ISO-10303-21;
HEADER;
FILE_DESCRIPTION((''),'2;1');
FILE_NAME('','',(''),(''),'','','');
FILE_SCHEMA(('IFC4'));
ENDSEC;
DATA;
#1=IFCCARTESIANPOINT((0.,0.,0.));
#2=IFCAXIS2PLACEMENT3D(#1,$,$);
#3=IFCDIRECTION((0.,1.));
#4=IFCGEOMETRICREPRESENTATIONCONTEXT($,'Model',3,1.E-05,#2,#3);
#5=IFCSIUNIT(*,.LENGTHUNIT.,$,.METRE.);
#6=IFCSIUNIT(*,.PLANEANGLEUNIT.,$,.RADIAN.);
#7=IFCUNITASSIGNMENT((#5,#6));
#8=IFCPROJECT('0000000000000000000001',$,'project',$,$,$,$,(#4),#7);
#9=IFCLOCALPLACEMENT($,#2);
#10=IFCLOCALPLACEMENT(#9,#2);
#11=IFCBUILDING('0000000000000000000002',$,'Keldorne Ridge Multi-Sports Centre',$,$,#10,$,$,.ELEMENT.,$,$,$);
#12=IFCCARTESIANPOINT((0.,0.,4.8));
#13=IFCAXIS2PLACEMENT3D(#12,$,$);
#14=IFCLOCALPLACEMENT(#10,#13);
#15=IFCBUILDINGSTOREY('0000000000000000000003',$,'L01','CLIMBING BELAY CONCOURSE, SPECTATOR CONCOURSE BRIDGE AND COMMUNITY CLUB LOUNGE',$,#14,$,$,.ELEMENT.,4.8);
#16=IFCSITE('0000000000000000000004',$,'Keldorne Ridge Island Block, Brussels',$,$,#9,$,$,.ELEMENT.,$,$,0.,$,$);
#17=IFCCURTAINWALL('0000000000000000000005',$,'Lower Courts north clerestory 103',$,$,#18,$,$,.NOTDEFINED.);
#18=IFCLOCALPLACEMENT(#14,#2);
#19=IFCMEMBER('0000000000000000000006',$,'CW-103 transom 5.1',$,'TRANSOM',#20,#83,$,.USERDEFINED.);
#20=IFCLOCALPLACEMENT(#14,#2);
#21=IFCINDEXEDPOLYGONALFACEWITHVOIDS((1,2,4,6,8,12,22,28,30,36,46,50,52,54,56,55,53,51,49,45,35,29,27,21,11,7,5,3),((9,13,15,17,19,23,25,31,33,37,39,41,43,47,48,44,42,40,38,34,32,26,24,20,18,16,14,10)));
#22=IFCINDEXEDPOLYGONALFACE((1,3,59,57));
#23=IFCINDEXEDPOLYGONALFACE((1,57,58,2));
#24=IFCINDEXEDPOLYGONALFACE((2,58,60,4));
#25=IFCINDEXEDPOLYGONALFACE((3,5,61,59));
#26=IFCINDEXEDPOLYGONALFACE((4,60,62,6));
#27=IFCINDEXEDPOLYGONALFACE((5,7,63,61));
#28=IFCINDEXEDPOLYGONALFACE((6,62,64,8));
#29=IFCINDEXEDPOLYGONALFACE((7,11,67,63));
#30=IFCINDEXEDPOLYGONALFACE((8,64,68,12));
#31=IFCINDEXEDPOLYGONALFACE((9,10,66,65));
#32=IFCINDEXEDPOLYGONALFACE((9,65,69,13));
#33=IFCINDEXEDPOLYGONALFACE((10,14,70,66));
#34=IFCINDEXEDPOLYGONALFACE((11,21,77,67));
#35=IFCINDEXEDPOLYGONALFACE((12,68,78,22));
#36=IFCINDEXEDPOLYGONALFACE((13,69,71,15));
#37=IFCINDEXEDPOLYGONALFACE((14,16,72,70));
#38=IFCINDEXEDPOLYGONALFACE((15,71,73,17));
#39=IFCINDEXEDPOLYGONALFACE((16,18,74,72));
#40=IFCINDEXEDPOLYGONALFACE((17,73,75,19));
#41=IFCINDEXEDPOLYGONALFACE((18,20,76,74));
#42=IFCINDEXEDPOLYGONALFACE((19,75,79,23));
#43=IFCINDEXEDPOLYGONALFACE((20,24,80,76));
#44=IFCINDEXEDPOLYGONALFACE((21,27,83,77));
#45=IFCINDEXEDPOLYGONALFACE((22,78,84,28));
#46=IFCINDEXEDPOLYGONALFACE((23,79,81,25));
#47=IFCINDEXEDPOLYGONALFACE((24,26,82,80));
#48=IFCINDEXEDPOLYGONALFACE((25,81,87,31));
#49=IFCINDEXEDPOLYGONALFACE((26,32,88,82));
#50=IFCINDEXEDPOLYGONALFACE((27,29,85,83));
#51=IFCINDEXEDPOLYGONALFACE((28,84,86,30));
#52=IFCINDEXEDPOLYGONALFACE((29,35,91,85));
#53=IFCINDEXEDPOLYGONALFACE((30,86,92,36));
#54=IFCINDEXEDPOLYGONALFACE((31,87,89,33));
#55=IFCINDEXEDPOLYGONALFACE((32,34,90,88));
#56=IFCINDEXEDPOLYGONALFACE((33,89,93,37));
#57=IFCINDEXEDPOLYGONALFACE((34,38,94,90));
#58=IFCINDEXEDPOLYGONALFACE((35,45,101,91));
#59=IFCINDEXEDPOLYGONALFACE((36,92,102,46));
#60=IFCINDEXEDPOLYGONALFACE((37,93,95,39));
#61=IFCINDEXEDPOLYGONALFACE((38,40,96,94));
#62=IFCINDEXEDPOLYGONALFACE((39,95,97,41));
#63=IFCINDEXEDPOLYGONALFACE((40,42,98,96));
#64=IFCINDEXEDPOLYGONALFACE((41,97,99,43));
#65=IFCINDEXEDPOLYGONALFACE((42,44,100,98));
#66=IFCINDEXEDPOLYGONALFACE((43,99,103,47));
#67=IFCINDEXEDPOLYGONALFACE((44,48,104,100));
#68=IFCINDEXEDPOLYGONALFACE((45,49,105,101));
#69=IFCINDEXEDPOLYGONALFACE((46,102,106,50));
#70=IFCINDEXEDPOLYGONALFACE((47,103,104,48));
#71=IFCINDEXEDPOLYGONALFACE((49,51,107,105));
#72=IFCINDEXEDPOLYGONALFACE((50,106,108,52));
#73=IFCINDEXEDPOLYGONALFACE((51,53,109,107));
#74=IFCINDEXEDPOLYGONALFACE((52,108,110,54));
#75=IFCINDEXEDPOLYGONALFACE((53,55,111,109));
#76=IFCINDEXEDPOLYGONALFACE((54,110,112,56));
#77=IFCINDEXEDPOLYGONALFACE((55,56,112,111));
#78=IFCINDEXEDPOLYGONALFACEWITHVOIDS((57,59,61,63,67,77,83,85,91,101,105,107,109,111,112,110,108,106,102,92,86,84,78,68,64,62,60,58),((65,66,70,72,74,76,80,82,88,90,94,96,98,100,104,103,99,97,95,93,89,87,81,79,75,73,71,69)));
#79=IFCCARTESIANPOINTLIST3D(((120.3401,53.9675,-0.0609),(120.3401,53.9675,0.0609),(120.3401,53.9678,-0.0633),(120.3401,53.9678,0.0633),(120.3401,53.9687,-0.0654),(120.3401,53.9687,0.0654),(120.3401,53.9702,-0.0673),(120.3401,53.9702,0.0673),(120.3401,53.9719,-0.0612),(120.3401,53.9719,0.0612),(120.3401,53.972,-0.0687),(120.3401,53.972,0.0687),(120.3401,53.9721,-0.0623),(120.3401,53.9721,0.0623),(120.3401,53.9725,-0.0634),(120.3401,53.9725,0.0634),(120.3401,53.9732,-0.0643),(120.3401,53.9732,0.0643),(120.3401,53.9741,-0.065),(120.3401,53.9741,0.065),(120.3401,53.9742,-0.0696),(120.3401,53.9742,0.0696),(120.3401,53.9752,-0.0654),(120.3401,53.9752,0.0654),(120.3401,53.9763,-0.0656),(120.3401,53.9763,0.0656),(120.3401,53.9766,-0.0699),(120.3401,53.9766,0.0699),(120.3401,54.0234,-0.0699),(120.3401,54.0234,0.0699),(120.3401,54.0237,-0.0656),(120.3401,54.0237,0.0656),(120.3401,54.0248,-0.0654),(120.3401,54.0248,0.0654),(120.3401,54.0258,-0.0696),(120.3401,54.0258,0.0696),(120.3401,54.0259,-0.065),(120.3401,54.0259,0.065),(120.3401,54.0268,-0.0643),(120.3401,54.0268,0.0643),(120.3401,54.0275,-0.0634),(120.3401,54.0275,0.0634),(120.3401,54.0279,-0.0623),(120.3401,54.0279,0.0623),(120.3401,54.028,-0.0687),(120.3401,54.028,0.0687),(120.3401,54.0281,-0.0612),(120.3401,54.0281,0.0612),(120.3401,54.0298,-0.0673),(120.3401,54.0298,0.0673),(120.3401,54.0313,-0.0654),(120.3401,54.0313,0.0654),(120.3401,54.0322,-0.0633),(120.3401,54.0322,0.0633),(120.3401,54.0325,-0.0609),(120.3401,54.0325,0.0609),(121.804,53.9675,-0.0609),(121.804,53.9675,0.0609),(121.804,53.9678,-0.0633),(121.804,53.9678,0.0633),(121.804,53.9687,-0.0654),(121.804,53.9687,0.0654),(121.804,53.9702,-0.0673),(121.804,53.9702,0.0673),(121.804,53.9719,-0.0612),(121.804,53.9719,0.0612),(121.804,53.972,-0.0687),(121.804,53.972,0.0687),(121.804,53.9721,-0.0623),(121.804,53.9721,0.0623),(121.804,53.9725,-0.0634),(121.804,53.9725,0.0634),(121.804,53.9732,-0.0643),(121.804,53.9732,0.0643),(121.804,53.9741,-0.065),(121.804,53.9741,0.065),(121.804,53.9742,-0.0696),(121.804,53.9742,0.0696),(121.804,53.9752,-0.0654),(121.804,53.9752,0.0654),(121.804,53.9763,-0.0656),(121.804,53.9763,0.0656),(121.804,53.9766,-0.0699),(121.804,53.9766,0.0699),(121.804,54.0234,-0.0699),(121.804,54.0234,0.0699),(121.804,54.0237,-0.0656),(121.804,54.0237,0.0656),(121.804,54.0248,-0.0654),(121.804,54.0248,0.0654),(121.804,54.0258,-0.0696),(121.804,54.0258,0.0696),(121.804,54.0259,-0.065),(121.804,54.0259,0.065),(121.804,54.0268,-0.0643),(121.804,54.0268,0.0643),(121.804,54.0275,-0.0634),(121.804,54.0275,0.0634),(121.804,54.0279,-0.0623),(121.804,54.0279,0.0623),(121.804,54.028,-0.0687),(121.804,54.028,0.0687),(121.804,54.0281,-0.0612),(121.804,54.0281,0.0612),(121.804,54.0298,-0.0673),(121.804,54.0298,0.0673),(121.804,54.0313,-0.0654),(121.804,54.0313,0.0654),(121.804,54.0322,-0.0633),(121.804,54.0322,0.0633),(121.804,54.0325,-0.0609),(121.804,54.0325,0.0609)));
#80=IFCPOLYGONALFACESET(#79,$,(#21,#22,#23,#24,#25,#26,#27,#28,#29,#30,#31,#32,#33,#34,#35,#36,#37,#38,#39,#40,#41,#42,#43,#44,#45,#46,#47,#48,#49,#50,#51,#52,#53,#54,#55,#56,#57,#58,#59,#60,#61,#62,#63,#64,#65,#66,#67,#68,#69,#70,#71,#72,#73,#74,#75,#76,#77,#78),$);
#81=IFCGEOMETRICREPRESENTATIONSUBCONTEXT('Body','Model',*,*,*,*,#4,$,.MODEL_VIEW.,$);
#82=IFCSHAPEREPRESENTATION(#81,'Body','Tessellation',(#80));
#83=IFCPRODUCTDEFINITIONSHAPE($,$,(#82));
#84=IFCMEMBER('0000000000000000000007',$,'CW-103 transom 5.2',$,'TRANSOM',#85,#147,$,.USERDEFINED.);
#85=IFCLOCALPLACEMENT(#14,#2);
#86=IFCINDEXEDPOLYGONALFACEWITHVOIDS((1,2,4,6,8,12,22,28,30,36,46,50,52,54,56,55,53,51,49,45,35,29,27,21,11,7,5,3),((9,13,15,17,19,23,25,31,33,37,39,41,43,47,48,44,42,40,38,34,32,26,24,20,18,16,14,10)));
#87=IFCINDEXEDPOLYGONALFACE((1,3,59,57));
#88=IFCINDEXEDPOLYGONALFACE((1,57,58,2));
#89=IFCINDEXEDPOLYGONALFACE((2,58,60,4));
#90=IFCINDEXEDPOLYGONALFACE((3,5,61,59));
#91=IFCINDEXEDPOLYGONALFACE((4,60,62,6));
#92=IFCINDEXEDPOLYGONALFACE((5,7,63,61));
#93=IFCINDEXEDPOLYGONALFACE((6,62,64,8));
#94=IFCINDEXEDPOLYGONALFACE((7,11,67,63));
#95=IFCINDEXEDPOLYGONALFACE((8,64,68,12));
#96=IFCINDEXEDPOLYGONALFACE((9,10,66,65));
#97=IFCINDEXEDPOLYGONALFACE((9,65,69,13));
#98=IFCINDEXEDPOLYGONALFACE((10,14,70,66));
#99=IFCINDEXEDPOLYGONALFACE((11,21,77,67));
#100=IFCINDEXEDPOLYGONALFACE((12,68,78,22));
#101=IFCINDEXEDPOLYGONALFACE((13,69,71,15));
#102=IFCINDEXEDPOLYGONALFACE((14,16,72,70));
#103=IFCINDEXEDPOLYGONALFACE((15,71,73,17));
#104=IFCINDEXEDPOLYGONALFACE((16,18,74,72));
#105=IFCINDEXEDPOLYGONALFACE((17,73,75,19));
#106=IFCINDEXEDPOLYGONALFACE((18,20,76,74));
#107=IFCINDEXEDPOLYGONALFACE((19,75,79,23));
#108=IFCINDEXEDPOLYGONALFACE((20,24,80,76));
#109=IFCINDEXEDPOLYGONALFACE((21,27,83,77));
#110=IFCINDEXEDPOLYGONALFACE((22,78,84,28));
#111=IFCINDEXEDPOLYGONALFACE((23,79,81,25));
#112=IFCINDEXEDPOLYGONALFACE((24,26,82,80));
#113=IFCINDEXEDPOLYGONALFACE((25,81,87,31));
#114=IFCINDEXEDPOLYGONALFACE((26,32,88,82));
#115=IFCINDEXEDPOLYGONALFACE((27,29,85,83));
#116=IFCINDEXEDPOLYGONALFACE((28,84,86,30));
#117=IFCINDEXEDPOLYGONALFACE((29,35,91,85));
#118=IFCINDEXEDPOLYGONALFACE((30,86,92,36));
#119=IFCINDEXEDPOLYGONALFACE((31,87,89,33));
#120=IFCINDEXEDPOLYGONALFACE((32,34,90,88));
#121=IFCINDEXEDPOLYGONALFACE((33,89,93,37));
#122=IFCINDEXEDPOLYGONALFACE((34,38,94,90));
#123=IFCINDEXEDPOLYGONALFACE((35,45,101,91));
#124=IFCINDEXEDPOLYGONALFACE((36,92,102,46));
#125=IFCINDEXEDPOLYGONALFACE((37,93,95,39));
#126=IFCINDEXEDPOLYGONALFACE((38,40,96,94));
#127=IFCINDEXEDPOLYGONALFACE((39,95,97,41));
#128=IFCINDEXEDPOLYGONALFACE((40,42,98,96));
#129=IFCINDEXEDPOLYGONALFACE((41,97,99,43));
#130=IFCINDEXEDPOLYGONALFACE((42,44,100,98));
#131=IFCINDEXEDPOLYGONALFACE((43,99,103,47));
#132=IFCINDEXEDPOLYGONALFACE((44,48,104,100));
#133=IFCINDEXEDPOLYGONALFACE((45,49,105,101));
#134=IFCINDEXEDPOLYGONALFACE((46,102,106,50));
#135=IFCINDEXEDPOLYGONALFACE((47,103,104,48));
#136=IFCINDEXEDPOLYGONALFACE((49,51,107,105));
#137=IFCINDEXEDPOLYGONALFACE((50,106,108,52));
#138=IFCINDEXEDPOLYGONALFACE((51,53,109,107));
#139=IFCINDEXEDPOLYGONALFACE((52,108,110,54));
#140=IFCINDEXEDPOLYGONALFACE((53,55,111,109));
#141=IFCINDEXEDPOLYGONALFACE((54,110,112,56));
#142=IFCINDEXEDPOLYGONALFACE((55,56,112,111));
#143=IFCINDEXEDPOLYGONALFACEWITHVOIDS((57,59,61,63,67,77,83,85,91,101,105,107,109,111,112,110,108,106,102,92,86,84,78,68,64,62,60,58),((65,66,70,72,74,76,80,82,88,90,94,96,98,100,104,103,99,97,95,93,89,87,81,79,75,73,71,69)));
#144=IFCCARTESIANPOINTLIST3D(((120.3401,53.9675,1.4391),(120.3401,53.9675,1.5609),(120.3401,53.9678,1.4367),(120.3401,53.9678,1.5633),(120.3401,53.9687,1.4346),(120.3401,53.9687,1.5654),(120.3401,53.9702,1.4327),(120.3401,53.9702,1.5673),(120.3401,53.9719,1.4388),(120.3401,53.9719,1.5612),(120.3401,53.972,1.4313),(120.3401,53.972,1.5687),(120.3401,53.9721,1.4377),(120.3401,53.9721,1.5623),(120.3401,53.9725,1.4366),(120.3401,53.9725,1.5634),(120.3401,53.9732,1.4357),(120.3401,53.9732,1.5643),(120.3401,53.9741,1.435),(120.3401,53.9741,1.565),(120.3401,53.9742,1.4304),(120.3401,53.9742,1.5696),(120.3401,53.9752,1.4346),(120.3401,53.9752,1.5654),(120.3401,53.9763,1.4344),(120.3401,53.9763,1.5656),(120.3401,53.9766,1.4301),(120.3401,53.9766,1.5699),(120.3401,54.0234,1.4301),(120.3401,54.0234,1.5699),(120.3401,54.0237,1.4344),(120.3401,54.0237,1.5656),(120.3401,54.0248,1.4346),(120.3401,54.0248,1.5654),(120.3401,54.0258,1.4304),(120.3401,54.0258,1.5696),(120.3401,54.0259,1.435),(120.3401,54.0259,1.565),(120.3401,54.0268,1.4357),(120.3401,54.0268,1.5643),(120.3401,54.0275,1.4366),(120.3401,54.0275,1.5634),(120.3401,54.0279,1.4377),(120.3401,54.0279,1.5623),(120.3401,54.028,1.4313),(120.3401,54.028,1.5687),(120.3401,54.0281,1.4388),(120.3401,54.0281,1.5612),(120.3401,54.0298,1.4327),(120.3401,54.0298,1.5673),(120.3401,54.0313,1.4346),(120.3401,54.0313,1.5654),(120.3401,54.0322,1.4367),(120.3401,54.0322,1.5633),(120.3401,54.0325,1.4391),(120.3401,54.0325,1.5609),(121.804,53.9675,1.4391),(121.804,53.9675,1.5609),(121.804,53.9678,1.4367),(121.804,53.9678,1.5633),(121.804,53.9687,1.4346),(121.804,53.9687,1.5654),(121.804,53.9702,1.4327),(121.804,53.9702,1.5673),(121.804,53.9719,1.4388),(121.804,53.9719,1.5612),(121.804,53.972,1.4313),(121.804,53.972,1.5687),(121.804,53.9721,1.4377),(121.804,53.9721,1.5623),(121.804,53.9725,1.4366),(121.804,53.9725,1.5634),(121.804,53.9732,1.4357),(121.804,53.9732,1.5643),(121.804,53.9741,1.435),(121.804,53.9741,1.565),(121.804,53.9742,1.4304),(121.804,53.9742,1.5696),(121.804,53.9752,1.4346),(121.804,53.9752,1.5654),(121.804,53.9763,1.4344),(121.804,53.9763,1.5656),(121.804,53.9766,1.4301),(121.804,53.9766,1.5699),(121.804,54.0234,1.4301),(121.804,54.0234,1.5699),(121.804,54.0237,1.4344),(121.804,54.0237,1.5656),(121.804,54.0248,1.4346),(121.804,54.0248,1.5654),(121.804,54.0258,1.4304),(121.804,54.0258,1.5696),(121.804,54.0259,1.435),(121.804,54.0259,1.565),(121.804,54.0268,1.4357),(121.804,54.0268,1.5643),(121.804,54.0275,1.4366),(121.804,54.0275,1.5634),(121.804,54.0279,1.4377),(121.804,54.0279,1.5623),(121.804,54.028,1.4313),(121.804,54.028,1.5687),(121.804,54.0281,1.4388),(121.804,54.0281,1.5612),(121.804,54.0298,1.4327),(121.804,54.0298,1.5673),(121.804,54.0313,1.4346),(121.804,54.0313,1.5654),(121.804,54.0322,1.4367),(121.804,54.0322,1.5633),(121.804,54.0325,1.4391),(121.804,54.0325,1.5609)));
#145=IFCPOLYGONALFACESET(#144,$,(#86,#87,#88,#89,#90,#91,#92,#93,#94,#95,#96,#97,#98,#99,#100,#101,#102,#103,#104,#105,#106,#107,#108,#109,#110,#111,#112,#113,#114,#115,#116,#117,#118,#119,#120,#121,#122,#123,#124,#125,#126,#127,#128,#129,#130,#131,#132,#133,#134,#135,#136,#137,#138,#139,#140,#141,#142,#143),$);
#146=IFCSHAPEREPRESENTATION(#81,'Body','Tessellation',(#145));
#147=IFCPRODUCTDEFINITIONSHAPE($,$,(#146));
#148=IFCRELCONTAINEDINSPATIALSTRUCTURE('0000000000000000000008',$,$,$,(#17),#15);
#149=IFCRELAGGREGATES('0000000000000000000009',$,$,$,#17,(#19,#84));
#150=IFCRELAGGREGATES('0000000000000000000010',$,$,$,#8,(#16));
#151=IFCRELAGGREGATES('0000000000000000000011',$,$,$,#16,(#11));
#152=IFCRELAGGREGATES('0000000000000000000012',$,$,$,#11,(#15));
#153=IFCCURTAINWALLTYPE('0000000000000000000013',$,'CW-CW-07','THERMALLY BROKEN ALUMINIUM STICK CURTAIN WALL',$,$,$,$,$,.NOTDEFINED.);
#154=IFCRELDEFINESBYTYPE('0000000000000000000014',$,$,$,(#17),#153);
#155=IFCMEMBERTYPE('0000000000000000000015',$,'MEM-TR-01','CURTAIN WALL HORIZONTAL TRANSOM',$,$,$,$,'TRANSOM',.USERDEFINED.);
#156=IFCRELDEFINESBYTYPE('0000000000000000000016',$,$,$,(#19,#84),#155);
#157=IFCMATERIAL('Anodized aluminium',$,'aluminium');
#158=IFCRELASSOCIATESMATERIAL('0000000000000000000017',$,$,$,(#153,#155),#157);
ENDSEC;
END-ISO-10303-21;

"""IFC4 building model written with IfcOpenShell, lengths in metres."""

from ifc_helpers import new_model, si_unit, direction, frame, origin, origin_2d, place, context, subcontext, project, spatial, hollow_rectangle, extrude, material, material_profile, profile_set, type_object, element, aggregate, save


model = new_model("IFC4")

# Units and contexts
model_context = context("Model", 3, precision=1e-05, world=origin(), true_north=direction((0.0, 1.0)))
body_context = subcontext(model_context, "Body", "Model", "MODEL_VIEW")
ifc_project = project(units=[si_unit("LENGTHUNIT", "METRE"), si_unit("PLANEANGLEUNIT", "RADIAN")], contexts=[model_context])

# Site, building, storey
site_placement = place(None, origin())
site = spatial("IfcSite", under=ifc_project, at=site_placement, Name="Keldorne Ridge Island Block, Brussels", CompositionType="ELEMENT", RefElevation=0.0)
building_placement = place(site_placement, origin())
building = spatial("IfcBuilding", under=site, at=building_placement, Name="Keldorne Ridge Multi-Sports Centre", CompositionType="ELEMENT")
storey_placement = place(building_placement, frame((0.0, 0.0, 4.8)))
storey = spatial("IfcBuildingStorey", under=building, at=storey_placement, Name="L01", Description="CLIMBING BELAY CONCOURSE, SPECTATOR CONCOURSE BRIDGE AND COMMUNITY CLUB LOUNGE", CompositionType="ELEMENT", Elevation=4.8)

# Curtain wall, members
ifc_material_1 = material(Name="Anodized aluminium", Category="aluminium")
curtain_wall_type = type_object("IfcCurtainWallType", Name="CW-CW-07", Description="THERMALLY BROKEN ALUMINIUM STICK CURTAIN WALL", PredefinedType="NOTDEFINED", material=ifc_material_1)
curtain_wall_placement = place(storey_placement, origin())
curtain_wall = element("IfcCurtainWall", 1, at=curtain_wall_placement, inside=storey, type_object=curtain_wall_type, Name="Lower Courts north clerestory 103", PredefinedType="NOTDEFINED")
ifc_material_profile_1 = material_profile(ifc_material_1, hollow_rectangle(XDim=0.0649, YDim=0.1399, WallThickness=0.0044, InnerFilletRadius=0.0044, OuterFilletRadius=0.009, at=origin_2d()), Name="ALU TRANSOM 140x65x4.5")
ifc_profile_set_1 = profile_set([ifc_material_profile_1], Name="Anodized aluminium")
member_type_1 = type_object("IfcMemberType", Name="MEM-TR-01", Description="CURTAIN WALL HORIZONTAL TRANSOM", ElementType="TRANSOM", PredefinedType="USERDEFINED", material=ifc_profile_set_1)
member_1_placement = place(storey_placement, frame((121.804, 54.0, 0.0), z_axis=(-1.0, 0.0, 0.0), x_axis=(0.0, -1.0, 0.0)))
member_1 = element("IfcMember", 2, at=member_1_placement, type_object=member_type_1, Name="CW-103 transom 5.1", ObjectType="TRANSOM", PredefinedType="USERDEFINED", context=body_context, shape_type="SweptSolid", body=[
    extrude(hollow_rectangle(XDim=0.0649, YDim=0.1399, WallThickness=0.0044, InnerFilletRadius=0.0044, OuterFilletRadius=0.009, at=origin_2d()), origin(), (0.0, 0.0, 1.0), 1.4639),
])
member_2_placement = place(storey_placement, frame((121.804, 54.0, 1.5), z_axis=(-1.0, 0.0, 0.0), x_axis=(0.0, -1.0, 0.0)))
member_2 = element("IfcMember", 3, at=member_2_placement, type_object=member_type_1, Name="CW-103 transom 5.2", ObjectType="TRANSOM", PredefinedType="USERDEFINED", context=body_context, shape_type="SweptSolid", body=[
    extrude(hollow_rectangle(XDim=0.0649, YDim=0.1399, WallThickness=0.0044, InnerFilletRadius=0.0044, OuterFilletRadius=0.009, at=origin_2d()), origin(), (0.0, 0.0, 1.0), 1.4639),
])
aggregate(curtain_wall, [member_1, member_2])

save(model, "model.ifc")
